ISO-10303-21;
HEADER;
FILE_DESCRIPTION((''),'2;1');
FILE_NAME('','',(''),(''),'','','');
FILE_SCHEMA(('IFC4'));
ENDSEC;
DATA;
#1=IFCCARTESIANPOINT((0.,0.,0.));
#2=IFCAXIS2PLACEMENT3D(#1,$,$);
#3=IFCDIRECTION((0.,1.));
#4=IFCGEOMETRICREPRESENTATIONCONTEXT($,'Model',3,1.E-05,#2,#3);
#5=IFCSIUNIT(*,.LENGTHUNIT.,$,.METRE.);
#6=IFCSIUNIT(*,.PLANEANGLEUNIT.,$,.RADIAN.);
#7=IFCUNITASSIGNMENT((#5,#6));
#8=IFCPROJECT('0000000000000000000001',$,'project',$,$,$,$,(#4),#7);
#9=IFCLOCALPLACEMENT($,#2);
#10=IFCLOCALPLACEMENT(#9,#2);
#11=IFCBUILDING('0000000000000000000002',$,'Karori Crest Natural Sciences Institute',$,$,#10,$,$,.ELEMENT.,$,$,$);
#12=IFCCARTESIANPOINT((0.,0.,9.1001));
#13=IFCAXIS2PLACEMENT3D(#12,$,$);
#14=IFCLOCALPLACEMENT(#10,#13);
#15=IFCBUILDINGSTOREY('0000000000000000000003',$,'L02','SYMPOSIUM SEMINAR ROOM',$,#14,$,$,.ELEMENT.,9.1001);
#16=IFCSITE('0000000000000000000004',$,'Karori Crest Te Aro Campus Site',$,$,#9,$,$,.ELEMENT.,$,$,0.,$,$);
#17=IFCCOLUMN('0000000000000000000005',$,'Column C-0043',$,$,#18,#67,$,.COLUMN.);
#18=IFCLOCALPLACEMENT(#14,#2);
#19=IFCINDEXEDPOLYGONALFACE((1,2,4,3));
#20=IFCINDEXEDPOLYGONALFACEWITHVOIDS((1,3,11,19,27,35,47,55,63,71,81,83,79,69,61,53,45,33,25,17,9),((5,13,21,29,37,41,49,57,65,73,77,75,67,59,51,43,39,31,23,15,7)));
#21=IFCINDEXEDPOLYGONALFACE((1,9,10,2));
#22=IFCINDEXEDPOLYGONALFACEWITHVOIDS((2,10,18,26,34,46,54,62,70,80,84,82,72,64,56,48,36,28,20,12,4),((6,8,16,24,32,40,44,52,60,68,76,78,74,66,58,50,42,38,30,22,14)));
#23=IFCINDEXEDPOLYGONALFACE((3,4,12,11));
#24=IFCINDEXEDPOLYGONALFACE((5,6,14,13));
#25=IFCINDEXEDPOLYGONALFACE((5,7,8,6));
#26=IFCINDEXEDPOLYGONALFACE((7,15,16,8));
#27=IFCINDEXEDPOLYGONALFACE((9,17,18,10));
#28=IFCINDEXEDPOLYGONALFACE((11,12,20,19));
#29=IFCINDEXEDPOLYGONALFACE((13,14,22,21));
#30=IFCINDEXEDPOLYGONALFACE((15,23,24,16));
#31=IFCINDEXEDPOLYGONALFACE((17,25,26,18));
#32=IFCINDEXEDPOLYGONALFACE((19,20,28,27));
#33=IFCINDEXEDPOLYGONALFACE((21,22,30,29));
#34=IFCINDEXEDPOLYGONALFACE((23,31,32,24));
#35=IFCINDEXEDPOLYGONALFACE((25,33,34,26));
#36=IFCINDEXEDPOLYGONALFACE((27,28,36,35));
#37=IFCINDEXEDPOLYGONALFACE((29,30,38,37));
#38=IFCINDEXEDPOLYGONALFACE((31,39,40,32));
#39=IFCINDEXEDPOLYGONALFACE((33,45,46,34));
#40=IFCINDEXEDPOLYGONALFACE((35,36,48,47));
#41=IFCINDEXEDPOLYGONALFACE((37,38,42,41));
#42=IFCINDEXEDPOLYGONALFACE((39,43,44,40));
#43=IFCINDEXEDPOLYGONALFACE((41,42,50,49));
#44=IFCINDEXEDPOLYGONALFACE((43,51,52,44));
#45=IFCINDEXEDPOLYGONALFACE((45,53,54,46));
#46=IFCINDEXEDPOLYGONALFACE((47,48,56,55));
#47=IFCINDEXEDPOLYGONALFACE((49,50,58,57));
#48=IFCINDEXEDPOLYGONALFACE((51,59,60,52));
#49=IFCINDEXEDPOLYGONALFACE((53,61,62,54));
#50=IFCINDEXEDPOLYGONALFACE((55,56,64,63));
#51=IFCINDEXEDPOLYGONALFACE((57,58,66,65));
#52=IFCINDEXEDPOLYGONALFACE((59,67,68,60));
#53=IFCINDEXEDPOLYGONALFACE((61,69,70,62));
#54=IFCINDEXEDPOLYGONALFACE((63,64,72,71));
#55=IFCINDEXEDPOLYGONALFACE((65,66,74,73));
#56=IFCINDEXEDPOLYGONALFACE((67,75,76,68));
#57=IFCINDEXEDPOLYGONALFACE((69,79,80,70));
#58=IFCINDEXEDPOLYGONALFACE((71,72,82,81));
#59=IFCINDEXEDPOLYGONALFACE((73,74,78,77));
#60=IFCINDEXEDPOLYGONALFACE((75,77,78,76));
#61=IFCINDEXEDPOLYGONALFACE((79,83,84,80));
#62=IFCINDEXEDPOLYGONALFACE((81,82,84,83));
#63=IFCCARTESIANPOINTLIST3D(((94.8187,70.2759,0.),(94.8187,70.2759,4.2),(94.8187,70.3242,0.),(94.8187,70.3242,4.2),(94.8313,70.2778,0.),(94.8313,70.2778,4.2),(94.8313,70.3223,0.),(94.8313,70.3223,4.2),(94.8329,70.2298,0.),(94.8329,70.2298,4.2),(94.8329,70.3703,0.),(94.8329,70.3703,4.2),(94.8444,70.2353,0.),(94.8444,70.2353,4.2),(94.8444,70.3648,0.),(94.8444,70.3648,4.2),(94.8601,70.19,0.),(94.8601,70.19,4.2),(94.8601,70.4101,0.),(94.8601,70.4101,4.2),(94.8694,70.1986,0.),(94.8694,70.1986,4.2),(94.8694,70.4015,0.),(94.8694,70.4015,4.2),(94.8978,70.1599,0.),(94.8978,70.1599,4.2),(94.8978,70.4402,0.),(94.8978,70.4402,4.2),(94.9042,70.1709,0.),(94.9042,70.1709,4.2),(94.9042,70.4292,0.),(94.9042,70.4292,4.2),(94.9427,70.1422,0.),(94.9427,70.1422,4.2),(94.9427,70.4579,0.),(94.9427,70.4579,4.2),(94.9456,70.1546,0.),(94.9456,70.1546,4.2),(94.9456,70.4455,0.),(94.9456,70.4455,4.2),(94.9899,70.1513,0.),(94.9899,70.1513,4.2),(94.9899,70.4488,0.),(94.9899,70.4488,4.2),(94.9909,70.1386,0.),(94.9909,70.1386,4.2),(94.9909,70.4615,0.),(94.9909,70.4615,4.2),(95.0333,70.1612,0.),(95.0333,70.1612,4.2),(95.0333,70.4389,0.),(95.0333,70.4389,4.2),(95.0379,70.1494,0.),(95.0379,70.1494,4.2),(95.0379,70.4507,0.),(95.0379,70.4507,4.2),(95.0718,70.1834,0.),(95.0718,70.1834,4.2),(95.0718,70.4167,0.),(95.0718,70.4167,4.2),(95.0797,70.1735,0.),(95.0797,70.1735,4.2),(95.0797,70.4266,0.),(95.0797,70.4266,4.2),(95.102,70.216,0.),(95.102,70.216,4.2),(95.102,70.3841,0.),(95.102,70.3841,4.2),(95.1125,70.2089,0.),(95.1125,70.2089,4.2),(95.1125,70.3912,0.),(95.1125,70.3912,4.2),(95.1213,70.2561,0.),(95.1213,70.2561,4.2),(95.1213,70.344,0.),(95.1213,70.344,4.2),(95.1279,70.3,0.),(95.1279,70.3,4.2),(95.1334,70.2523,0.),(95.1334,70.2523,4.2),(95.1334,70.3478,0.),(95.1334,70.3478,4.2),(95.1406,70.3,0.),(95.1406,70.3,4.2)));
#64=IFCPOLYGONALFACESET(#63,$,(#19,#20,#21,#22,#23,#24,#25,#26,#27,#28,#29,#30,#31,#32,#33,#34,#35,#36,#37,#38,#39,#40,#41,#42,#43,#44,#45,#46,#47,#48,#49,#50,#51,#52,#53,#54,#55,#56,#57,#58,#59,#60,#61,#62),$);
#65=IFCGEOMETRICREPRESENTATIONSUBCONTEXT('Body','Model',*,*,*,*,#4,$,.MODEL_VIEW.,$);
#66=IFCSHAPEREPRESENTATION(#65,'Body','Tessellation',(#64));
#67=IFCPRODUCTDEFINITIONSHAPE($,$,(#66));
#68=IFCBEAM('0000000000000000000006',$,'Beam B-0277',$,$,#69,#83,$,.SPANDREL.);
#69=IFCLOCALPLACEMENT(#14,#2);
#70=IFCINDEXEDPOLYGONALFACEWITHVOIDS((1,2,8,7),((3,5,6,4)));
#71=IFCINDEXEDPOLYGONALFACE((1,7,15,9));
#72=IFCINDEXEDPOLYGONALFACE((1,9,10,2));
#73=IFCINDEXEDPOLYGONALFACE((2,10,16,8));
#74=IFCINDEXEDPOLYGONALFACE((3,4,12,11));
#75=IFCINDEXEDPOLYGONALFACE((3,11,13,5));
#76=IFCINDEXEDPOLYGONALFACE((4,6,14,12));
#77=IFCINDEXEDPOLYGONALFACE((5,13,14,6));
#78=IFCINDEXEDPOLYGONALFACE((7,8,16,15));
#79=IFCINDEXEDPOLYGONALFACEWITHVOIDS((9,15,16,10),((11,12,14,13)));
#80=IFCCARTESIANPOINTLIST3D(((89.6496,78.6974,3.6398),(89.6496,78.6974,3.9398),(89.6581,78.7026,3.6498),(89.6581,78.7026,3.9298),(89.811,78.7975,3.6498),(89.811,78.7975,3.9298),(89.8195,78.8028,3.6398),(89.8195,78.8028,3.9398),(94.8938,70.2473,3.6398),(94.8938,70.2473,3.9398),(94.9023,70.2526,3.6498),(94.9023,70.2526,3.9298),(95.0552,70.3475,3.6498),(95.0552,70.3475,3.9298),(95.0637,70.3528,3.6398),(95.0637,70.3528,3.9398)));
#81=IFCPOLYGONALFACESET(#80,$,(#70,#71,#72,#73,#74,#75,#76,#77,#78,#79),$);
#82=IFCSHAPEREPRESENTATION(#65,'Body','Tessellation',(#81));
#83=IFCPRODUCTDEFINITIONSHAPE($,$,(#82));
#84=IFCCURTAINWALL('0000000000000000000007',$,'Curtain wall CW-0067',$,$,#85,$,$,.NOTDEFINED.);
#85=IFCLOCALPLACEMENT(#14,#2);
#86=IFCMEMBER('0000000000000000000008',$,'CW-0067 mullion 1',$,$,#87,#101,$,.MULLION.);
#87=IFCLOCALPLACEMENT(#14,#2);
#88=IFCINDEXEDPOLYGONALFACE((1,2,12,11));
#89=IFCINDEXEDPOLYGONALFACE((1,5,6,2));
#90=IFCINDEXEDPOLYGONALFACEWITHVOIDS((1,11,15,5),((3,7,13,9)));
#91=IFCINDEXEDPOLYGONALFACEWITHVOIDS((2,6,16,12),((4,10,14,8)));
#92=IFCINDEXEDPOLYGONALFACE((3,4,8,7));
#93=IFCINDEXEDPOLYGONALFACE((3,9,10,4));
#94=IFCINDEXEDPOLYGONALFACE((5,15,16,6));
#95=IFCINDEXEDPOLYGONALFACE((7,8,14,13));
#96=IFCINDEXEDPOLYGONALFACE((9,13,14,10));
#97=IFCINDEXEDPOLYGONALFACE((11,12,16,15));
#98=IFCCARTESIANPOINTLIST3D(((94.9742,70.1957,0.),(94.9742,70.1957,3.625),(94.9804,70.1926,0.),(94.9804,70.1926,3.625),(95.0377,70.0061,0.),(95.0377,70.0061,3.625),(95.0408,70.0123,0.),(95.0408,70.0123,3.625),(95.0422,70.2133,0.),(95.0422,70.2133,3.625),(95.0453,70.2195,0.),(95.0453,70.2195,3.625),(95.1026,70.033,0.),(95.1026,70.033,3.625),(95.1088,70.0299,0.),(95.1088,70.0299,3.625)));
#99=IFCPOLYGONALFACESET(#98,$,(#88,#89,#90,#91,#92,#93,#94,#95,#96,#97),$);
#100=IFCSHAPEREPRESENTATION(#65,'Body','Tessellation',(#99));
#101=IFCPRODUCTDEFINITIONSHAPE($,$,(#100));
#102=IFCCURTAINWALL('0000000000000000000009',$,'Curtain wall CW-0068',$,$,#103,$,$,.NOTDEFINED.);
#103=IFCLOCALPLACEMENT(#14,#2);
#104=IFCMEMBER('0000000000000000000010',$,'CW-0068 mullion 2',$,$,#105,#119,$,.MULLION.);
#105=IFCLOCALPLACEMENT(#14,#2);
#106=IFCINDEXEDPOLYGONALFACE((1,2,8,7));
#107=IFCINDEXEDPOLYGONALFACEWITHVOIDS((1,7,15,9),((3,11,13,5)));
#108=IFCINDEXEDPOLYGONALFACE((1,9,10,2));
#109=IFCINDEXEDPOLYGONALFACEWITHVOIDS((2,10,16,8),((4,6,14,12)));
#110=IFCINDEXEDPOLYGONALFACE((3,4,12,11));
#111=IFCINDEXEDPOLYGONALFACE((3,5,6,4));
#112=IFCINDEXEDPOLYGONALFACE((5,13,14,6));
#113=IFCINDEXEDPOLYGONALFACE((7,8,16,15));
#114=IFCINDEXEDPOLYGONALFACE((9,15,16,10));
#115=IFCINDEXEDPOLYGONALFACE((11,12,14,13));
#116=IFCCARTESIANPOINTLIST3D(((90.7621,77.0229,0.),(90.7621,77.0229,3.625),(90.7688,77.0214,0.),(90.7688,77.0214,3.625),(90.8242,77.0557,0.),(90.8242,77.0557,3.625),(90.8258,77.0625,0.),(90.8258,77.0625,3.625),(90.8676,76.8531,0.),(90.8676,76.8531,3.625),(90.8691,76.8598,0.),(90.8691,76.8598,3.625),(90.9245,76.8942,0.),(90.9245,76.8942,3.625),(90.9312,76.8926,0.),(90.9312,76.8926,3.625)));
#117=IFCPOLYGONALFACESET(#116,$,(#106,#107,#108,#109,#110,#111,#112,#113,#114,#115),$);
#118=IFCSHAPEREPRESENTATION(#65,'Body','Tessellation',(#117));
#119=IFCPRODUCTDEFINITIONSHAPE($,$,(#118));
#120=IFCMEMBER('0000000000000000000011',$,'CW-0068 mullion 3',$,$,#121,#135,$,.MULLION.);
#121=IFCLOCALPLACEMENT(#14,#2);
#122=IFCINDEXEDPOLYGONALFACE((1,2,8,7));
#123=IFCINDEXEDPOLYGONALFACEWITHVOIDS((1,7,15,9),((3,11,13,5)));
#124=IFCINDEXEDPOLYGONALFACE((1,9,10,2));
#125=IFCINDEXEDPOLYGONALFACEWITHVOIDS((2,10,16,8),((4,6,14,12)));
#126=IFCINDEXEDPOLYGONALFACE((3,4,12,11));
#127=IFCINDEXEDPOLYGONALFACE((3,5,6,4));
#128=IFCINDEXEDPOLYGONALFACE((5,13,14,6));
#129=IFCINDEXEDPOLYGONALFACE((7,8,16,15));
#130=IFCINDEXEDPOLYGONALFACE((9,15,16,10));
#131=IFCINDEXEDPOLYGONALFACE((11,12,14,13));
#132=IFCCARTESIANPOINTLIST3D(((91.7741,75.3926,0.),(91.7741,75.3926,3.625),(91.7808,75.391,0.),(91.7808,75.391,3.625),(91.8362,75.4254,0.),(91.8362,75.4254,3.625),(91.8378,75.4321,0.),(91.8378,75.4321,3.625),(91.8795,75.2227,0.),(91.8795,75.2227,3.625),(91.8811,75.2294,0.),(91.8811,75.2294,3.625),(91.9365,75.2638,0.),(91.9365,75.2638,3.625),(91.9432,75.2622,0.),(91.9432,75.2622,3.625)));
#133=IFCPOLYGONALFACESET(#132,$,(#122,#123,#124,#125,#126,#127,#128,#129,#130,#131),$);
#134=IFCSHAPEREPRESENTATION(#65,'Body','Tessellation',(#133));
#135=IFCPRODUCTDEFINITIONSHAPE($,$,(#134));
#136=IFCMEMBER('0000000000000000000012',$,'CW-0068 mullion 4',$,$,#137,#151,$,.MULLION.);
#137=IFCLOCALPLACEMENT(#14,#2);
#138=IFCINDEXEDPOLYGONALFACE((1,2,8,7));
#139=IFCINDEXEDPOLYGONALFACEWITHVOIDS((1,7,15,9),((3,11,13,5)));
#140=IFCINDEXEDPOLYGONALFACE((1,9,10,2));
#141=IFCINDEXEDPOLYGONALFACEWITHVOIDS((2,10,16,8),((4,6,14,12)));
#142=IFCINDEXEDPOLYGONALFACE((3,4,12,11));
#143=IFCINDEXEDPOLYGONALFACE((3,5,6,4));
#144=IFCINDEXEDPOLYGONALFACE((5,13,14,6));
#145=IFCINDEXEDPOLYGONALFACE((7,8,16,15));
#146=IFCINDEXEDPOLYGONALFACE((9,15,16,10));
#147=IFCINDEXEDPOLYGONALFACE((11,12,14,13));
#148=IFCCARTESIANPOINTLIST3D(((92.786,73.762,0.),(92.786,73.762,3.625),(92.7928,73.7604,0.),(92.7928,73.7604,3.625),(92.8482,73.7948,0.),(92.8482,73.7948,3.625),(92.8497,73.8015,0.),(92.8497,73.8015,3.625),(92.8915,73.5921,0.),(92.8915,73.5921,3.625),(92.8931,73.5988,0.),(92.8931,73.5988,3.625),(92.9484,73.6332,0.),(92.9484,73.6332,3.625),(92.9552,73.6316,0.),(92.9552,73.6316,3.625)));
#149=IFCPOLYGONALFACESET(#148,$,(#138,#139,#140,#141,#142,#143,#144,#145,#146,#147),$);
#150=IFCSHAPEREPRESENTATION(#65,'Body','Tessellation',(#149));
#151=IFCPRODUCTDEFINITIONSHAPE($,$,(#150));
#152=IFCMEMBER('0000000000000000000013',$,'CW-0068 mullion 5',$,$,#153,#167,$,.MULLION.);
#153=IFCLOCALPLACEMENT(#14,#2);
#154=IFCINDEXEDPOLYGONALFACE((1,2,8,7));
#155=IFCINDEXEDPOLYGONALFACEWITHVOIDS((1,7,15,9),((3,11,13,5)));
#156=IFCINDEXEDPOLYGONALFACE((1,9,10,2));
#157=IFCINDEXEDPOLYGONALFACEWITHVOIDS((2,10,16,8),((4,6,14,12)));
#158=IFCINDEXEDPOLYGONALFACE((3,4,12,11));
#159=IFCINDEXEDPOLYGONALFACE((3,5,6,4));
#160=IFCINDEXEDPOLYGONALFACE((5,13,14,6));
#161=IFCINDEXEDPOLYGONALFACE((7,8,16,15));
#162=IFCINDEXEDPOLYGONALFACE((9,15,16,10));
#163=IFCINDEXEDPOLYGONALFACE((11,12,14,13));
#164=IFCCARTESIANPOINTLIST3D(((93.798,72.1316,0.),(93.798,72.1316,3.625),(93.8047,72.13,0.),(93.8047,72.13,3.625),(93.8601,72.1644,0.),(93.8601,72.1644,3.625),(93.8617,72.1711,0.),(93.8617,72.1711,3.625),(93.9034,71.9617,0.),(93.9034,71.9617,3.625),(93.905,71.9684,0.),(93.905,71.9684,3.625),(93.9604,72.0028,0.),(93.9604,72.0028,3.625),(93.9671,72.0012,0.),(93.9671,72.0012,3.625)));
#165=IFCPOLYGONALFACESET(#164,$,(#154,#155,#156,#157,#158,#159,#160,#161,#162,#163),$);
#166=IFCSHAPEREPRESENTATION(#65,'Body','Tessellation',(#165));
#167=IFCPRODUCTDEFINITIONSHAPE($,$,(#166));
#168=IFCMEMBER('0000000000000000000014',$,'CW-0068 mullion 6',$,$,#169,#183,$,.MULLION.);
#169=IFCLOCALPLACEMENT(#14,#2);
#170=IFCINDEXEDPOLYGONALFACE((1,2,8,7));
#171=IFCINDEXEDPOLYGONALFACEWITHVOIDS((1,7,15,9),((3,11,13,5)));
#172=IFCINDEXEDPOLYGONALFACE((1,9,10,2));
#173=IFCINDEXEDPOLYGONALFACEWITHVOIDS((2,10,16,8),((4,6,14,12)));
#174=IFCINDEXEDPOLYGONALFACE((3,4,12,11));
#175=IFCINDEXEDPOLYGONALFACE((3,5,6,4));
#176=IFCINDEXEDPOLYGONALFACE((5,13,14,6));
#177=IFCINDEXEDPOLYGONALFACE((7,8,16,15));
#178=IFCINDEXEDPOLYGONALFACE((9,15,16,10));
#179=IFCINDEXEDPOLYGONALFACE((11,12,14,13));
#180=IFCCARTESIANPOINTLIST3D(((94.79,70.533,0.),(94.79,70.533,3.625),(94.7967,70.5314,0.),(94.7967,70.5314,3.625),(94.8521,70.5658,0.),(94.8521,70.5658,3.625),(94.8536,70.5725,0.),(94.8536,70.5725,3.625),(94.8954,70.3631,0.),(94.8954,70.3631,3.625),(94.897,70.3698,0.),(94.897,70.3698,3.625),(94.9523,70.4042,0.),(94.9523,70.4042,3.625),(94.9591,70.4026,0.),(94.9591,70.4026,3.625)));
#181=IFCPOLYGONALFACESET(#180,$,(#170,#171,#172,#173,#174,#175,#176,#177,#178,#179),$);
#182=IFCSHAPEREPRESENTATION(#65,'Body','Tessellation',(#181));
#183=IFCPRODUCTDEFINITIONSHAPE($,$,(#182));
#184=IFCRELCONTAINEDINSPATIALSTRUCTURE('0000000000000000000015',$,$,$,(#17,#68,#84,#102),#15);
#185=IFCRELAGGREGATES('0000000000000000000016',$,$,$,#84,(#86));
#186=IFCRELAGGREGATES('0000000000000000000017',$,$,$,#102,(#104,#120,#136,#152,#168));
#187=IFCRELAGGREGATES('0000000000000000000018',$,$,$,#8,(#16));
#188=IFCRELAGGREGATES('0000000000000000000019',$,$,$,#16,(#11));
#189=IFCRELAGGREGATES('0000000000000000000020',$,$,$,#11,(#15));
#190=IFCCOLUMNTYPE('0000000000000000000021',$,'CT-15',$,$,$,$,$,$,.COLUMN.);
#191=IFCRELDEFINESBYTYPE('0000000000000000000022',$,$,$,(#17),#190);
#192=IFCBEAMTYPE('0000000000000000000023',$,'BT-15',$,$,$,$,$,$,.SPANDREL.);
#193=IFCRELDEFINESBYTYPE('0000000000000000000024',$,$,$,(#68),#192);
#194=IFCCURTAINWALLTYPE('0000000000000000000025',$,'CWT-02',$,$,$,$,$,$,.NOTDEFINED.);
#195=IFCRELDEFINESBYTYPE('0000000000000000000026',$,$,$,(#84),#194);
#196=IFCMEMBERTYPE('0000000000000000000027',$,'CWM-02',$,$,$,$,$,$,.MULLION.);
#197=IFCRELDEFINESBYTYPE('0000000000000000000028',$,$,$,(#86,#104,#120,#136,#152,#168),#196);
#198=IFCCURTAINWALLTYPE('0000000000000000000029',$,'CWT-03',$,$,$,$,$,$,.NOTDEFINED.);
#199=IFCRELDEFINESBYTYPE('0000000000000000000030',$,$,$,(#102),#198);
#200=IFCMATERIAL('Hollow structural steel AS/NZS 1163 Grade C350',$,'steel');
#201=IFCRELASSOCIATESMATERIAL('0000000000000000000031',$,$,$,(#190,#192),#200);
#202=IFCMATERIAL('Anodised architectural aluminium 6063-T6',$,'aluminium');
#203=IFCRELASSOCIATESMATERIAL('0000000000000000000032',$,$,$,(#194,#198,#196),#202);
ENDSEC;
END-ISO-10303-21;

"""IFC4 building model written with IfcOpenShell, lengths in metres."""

from ifc_helpers import new_model, si_unit, direction, frame, origin, origin_2d, place, context, subcontext, project, spatial, hollow_rectangle, hollow_circle, extrude, material, material_profile, profile_set, type_object, element, aggregate, save


model = new_model("IFC4")

# Units and contexts
model_context = context("Model", 3, precision=1e-05, world=origin(), true_north=direction((0.0, 1.0)))
body_context = subcontext(model_context, "Body", "Model", "MODEL_VIEW")
ifc_project = project(units=[si_unit("LENGTHUNIT", "METRE"), si_unit("PLANEANGLEUNIT", "RADIAN")], contexts=[model_context])

# Site, building, storey
site_placement = place(None, origin())
site = spatial("IfcSite", under=ifc_project, at=site_placement, Name="Karori Crest Te Aro Campus Site", CompositionType="ELEMENT", RefElevation=0.0)
building_placement = place(site_placement, origin())
building = spatial("IfcBuilding", under=site, at=building_placement, Name="Karori Crest Natural Sciences Institute", CompositionType="ELEMENT")
storey_placement = place(building_placement, frame((0.0, 0.0, 9.1001)))
storey = spatial("IfcBuildingStorey", under=building, at=storey_placement, Name="L02", Description="SYMPOSIUM SEMINAR ROOM", CompositionType="ELEMENT", Elevation=9.1001)

# Column
ifc_material_1 = material(Name="Hollow structural steel AS/NZS 1163 Grade C350", Category="steel")
ifc_material_profile_1 = material_profile(ifc_material_1, hollow_circle(Radius=0.1619, WallThickness=0.0127, at=origin_2d()), Name="CHS323.9x12.7")
ifc_profile_set_1 = profile_set([ifc_material_profile_1], Name="Hollow structural steel AS/NZS 1163 Grade C350")
column_type = type_object("IfcColumnType", Name="CT-15", PredefinedType="COLUMN", material=ifc_profile_set_1)
column_placement = place(storey_placement, frame((94.9788, 70.3, 0.0), z_axis=(0.0, 0.0, 1.0), x_axis=(1.0, 0.0, 0.0)))
element("IfcColumn", 1, at=column_placement, inside=storey, type_object=column_type, Name="Column C-0043", PredefinedType="COLUMN", context=body_context, shape_type="SweptSolid", body=[
    extrude(hollow_circle(Radius=0.1619, WallThickness=0.0127, at=origin_2d()), origin(), (0.0, 0.0, 1.0), 4.2),
])

# Beam
ifc_material_profile_2 = material_profile(ifc_material_1, hollow_rectangle(XDim=0.2, YDim=0.3, WallThickness=0.01, at=origin_2d()), Name="RHS300x200x10")
ifc_profile_set_2 = profile_set([ifc_material_profile_2], Name="Hollow structural steel AS/NZS 1163 Grade C350")
beam_type = type_object("IfcBeamType", Name="BT-15", PredefinedType="SPANDREL", material=ifc_profile_set_2)
beam_placement = place(storey_placement, frame((94.9788, 70.3, 3.7898), z_axis=(-0.527315, 0.84967, 0.0), x_axis=(-0.84967, -0.527315, 0.0)))
element("IfcBeam", 2, at=beam_placement, inside=storey, type_object=beam_type, Name="Beam B-0277", PredefinedType="SPANDREL", context=body_context, shape_type="SweptSolid", body=[
    extrude(hollow_rectangle(XDim=0.2, YDim=0.3, WallThickness=0.01, at=origin_2d()), origin(), (0.0, 0.0, 1.0), 9.9451),
])

# Curtain wall, member
ifc_material_2 = material(Name="Anodised architectural aluminium 6063-T6", Category="aluminium")
curtain_wall_type_1 = type_object("IfcCurtainWallType", Name="CWT-02", PredefinedType="NOTDEFINED", material=ifc_material_2)
curtain_wall_1_placement = place(storey_placement, origin())
curtain_wall_1 = element("IfcCurtainWall", 3, at=curtain_wall_1_placement, inside=storey, type_object=curtain_wall_type_1, Name="Curtain wall CW-0067", PredefinedType="NOTDEFINED")
ifc_material_profile_3 = material_profile(ifc_material_2, hollow_rectangle(XDim=0.075, YDim=0.2, WallThickness=0.0049, at=origin_2d()), Name="CWM200x75x5")
ifc_profile_set_3 = profile_set([ifc_material_profile_3], Name="Anodised architectural aluminium 6063-T6")
member_type_1 = type_object("IfcMemberType", Name="CWM-02", PredefinedType="MULLION", material=ifc_profile_set_3)
member_1_placement = place(storey_placement, frame((95.0415, 70.1128, 0.0), z_axis=(0.0, 0.0, 1.0), x_axis=(0.948196, 0.317685, 0.0)))
member_1 = element("IfcMember", 4, at=member_1_placement, type_object=member_type_1, Name="CW-0067 mullion 1", PredefinedType="MULLION", context=body_context, shape_type="SweptSolid", body=[
    extrude(hollow_rectangle(XDim=0.075, YDim=0.2, WallThickness=0.0049, at=origin_2d()), origin(), (0.0, 0.0, 1.0), 3.625),
])
aggregate(curtain_wall_1, [member_1])

# Curtain wall, members
curtain_wall_type_2 = type_object("IfcCurtainWallType", Name="CWT-03", PredefinedType="NOTDEFINED", material=ifc_material_2)
curtain_wall_2_placement = place(storey_placement, origin())
curtain_wall_2 = element("IfcCurtainWall", 5, at=curtain_wall_2_placement, inside=storey, type_object=curtain_wall_type_2, Name="Curtain wall CW-0068", PredefinedType="NOTDEFINED")
member_2_placement = place(storey_placement, frame((90.8467, 76.9578, 0.0), z_axis=(0.0, 0.0, 1.0), x_axis=(0.849666, 0.527322, 0.0)))
member_2 = element("IfcMember", 6, at=member_2_placement, type_object=member_type_1, Name="CW-0068 mullion 2", PredefinedType="MULLION", context=body_context, shape_type="SweptSolid", body=[
    extrude(hollow_rectangle(XDim=0.075, YDim=0.2, WallThickness=0.0049, at=origin_2d()), origin(), (0.0, 0.0, 1.0), 3.625),
])
member_3_placement = place(storey_placement, frame((91.8586, 75.3274, 0.0), z_axis=(0.0, 0.0, 1.0), x_axis=(0.849666, 0.527322, 0.0)))
member_3 = element("IfcMember", 7, at=member_3_placement, type_object=member_type_1, Name="CW-0068 mullion 3", PredefinedType="MULLION", context=body_context, shape_type="SweptSolid", body=[
    extrude(hollow_rectangle(XDim=0.075, YDim=0.2, WallThickness=0.0049, at=origin_2d()), origin(), (0.0, 0.0, 1.0), 3.625),
])
member_4_placement = place(storey_placement, frame((92.8706, 73.6968, 0.0), z_axis=(0.0, 0.0, 1.0), x_axis=(0.849666, 0.527322, 0.0)))
member_4 = element("IfcMember", 8, at=member_4_placement, type_object=member_type_1, Name="CW-0068 mullion 4", PredefinedType="MULLION", context=body_context, shape_type="SweptSolid", body=[
    extrude(hollow_rectangle(XDim=0.075, YDim=0.2, WallThickness=0.0049, at=origin_2d()), origin(), (0.0, 0.0, 1.0), 3.625),
])
member_5_placement = place(storey_placement, frame((93.8826, 72.0664, 0.0), z_axis=(0.0, 0.0, 1.0), x_axis=(0.849666, 0.527322, 0.0)))
member_5 = element("IfcMember", 9, at=member_5_placement, type_object=member_type_1, Name="CW-0068 mullion 5", PredefinedType="MULLION", context=body_context, shape_type="SweptSolid", body=[
    extrude(hollow_rectangle(XDim=0.075, YDim=0.2, WallThickness=0.0049, at=origin_2d()), origin(), (0.0, 0.0, 1.0), 3.625),
])
member_6_placement = place(storey_placement, frame((94.8745, 70.4678, 0.0), z_axis=(0.0, 0.0, 1.0), x_axis=(0.849666, 0.527322, 0.0)))
member_6 = element("IfcMember", 10, at=member_6_placement, type_object=member_type_1, Name="CW-0068 mullion 6", PredefinedType="MULLION", context=body_context, shape_type="SweptSolid", body=[
    extrude(hollow_rectangle(XDim=0.075, YDim=0.2, WallThickness=0.0049, at=origin_2d()), origin(), (0.0, 0.0, 1.0), 3.625),
])
aggregate(curtain_wall_2, [member_2, member_3, member_4, member_5, member_6])

save(model, "model.ifc")
